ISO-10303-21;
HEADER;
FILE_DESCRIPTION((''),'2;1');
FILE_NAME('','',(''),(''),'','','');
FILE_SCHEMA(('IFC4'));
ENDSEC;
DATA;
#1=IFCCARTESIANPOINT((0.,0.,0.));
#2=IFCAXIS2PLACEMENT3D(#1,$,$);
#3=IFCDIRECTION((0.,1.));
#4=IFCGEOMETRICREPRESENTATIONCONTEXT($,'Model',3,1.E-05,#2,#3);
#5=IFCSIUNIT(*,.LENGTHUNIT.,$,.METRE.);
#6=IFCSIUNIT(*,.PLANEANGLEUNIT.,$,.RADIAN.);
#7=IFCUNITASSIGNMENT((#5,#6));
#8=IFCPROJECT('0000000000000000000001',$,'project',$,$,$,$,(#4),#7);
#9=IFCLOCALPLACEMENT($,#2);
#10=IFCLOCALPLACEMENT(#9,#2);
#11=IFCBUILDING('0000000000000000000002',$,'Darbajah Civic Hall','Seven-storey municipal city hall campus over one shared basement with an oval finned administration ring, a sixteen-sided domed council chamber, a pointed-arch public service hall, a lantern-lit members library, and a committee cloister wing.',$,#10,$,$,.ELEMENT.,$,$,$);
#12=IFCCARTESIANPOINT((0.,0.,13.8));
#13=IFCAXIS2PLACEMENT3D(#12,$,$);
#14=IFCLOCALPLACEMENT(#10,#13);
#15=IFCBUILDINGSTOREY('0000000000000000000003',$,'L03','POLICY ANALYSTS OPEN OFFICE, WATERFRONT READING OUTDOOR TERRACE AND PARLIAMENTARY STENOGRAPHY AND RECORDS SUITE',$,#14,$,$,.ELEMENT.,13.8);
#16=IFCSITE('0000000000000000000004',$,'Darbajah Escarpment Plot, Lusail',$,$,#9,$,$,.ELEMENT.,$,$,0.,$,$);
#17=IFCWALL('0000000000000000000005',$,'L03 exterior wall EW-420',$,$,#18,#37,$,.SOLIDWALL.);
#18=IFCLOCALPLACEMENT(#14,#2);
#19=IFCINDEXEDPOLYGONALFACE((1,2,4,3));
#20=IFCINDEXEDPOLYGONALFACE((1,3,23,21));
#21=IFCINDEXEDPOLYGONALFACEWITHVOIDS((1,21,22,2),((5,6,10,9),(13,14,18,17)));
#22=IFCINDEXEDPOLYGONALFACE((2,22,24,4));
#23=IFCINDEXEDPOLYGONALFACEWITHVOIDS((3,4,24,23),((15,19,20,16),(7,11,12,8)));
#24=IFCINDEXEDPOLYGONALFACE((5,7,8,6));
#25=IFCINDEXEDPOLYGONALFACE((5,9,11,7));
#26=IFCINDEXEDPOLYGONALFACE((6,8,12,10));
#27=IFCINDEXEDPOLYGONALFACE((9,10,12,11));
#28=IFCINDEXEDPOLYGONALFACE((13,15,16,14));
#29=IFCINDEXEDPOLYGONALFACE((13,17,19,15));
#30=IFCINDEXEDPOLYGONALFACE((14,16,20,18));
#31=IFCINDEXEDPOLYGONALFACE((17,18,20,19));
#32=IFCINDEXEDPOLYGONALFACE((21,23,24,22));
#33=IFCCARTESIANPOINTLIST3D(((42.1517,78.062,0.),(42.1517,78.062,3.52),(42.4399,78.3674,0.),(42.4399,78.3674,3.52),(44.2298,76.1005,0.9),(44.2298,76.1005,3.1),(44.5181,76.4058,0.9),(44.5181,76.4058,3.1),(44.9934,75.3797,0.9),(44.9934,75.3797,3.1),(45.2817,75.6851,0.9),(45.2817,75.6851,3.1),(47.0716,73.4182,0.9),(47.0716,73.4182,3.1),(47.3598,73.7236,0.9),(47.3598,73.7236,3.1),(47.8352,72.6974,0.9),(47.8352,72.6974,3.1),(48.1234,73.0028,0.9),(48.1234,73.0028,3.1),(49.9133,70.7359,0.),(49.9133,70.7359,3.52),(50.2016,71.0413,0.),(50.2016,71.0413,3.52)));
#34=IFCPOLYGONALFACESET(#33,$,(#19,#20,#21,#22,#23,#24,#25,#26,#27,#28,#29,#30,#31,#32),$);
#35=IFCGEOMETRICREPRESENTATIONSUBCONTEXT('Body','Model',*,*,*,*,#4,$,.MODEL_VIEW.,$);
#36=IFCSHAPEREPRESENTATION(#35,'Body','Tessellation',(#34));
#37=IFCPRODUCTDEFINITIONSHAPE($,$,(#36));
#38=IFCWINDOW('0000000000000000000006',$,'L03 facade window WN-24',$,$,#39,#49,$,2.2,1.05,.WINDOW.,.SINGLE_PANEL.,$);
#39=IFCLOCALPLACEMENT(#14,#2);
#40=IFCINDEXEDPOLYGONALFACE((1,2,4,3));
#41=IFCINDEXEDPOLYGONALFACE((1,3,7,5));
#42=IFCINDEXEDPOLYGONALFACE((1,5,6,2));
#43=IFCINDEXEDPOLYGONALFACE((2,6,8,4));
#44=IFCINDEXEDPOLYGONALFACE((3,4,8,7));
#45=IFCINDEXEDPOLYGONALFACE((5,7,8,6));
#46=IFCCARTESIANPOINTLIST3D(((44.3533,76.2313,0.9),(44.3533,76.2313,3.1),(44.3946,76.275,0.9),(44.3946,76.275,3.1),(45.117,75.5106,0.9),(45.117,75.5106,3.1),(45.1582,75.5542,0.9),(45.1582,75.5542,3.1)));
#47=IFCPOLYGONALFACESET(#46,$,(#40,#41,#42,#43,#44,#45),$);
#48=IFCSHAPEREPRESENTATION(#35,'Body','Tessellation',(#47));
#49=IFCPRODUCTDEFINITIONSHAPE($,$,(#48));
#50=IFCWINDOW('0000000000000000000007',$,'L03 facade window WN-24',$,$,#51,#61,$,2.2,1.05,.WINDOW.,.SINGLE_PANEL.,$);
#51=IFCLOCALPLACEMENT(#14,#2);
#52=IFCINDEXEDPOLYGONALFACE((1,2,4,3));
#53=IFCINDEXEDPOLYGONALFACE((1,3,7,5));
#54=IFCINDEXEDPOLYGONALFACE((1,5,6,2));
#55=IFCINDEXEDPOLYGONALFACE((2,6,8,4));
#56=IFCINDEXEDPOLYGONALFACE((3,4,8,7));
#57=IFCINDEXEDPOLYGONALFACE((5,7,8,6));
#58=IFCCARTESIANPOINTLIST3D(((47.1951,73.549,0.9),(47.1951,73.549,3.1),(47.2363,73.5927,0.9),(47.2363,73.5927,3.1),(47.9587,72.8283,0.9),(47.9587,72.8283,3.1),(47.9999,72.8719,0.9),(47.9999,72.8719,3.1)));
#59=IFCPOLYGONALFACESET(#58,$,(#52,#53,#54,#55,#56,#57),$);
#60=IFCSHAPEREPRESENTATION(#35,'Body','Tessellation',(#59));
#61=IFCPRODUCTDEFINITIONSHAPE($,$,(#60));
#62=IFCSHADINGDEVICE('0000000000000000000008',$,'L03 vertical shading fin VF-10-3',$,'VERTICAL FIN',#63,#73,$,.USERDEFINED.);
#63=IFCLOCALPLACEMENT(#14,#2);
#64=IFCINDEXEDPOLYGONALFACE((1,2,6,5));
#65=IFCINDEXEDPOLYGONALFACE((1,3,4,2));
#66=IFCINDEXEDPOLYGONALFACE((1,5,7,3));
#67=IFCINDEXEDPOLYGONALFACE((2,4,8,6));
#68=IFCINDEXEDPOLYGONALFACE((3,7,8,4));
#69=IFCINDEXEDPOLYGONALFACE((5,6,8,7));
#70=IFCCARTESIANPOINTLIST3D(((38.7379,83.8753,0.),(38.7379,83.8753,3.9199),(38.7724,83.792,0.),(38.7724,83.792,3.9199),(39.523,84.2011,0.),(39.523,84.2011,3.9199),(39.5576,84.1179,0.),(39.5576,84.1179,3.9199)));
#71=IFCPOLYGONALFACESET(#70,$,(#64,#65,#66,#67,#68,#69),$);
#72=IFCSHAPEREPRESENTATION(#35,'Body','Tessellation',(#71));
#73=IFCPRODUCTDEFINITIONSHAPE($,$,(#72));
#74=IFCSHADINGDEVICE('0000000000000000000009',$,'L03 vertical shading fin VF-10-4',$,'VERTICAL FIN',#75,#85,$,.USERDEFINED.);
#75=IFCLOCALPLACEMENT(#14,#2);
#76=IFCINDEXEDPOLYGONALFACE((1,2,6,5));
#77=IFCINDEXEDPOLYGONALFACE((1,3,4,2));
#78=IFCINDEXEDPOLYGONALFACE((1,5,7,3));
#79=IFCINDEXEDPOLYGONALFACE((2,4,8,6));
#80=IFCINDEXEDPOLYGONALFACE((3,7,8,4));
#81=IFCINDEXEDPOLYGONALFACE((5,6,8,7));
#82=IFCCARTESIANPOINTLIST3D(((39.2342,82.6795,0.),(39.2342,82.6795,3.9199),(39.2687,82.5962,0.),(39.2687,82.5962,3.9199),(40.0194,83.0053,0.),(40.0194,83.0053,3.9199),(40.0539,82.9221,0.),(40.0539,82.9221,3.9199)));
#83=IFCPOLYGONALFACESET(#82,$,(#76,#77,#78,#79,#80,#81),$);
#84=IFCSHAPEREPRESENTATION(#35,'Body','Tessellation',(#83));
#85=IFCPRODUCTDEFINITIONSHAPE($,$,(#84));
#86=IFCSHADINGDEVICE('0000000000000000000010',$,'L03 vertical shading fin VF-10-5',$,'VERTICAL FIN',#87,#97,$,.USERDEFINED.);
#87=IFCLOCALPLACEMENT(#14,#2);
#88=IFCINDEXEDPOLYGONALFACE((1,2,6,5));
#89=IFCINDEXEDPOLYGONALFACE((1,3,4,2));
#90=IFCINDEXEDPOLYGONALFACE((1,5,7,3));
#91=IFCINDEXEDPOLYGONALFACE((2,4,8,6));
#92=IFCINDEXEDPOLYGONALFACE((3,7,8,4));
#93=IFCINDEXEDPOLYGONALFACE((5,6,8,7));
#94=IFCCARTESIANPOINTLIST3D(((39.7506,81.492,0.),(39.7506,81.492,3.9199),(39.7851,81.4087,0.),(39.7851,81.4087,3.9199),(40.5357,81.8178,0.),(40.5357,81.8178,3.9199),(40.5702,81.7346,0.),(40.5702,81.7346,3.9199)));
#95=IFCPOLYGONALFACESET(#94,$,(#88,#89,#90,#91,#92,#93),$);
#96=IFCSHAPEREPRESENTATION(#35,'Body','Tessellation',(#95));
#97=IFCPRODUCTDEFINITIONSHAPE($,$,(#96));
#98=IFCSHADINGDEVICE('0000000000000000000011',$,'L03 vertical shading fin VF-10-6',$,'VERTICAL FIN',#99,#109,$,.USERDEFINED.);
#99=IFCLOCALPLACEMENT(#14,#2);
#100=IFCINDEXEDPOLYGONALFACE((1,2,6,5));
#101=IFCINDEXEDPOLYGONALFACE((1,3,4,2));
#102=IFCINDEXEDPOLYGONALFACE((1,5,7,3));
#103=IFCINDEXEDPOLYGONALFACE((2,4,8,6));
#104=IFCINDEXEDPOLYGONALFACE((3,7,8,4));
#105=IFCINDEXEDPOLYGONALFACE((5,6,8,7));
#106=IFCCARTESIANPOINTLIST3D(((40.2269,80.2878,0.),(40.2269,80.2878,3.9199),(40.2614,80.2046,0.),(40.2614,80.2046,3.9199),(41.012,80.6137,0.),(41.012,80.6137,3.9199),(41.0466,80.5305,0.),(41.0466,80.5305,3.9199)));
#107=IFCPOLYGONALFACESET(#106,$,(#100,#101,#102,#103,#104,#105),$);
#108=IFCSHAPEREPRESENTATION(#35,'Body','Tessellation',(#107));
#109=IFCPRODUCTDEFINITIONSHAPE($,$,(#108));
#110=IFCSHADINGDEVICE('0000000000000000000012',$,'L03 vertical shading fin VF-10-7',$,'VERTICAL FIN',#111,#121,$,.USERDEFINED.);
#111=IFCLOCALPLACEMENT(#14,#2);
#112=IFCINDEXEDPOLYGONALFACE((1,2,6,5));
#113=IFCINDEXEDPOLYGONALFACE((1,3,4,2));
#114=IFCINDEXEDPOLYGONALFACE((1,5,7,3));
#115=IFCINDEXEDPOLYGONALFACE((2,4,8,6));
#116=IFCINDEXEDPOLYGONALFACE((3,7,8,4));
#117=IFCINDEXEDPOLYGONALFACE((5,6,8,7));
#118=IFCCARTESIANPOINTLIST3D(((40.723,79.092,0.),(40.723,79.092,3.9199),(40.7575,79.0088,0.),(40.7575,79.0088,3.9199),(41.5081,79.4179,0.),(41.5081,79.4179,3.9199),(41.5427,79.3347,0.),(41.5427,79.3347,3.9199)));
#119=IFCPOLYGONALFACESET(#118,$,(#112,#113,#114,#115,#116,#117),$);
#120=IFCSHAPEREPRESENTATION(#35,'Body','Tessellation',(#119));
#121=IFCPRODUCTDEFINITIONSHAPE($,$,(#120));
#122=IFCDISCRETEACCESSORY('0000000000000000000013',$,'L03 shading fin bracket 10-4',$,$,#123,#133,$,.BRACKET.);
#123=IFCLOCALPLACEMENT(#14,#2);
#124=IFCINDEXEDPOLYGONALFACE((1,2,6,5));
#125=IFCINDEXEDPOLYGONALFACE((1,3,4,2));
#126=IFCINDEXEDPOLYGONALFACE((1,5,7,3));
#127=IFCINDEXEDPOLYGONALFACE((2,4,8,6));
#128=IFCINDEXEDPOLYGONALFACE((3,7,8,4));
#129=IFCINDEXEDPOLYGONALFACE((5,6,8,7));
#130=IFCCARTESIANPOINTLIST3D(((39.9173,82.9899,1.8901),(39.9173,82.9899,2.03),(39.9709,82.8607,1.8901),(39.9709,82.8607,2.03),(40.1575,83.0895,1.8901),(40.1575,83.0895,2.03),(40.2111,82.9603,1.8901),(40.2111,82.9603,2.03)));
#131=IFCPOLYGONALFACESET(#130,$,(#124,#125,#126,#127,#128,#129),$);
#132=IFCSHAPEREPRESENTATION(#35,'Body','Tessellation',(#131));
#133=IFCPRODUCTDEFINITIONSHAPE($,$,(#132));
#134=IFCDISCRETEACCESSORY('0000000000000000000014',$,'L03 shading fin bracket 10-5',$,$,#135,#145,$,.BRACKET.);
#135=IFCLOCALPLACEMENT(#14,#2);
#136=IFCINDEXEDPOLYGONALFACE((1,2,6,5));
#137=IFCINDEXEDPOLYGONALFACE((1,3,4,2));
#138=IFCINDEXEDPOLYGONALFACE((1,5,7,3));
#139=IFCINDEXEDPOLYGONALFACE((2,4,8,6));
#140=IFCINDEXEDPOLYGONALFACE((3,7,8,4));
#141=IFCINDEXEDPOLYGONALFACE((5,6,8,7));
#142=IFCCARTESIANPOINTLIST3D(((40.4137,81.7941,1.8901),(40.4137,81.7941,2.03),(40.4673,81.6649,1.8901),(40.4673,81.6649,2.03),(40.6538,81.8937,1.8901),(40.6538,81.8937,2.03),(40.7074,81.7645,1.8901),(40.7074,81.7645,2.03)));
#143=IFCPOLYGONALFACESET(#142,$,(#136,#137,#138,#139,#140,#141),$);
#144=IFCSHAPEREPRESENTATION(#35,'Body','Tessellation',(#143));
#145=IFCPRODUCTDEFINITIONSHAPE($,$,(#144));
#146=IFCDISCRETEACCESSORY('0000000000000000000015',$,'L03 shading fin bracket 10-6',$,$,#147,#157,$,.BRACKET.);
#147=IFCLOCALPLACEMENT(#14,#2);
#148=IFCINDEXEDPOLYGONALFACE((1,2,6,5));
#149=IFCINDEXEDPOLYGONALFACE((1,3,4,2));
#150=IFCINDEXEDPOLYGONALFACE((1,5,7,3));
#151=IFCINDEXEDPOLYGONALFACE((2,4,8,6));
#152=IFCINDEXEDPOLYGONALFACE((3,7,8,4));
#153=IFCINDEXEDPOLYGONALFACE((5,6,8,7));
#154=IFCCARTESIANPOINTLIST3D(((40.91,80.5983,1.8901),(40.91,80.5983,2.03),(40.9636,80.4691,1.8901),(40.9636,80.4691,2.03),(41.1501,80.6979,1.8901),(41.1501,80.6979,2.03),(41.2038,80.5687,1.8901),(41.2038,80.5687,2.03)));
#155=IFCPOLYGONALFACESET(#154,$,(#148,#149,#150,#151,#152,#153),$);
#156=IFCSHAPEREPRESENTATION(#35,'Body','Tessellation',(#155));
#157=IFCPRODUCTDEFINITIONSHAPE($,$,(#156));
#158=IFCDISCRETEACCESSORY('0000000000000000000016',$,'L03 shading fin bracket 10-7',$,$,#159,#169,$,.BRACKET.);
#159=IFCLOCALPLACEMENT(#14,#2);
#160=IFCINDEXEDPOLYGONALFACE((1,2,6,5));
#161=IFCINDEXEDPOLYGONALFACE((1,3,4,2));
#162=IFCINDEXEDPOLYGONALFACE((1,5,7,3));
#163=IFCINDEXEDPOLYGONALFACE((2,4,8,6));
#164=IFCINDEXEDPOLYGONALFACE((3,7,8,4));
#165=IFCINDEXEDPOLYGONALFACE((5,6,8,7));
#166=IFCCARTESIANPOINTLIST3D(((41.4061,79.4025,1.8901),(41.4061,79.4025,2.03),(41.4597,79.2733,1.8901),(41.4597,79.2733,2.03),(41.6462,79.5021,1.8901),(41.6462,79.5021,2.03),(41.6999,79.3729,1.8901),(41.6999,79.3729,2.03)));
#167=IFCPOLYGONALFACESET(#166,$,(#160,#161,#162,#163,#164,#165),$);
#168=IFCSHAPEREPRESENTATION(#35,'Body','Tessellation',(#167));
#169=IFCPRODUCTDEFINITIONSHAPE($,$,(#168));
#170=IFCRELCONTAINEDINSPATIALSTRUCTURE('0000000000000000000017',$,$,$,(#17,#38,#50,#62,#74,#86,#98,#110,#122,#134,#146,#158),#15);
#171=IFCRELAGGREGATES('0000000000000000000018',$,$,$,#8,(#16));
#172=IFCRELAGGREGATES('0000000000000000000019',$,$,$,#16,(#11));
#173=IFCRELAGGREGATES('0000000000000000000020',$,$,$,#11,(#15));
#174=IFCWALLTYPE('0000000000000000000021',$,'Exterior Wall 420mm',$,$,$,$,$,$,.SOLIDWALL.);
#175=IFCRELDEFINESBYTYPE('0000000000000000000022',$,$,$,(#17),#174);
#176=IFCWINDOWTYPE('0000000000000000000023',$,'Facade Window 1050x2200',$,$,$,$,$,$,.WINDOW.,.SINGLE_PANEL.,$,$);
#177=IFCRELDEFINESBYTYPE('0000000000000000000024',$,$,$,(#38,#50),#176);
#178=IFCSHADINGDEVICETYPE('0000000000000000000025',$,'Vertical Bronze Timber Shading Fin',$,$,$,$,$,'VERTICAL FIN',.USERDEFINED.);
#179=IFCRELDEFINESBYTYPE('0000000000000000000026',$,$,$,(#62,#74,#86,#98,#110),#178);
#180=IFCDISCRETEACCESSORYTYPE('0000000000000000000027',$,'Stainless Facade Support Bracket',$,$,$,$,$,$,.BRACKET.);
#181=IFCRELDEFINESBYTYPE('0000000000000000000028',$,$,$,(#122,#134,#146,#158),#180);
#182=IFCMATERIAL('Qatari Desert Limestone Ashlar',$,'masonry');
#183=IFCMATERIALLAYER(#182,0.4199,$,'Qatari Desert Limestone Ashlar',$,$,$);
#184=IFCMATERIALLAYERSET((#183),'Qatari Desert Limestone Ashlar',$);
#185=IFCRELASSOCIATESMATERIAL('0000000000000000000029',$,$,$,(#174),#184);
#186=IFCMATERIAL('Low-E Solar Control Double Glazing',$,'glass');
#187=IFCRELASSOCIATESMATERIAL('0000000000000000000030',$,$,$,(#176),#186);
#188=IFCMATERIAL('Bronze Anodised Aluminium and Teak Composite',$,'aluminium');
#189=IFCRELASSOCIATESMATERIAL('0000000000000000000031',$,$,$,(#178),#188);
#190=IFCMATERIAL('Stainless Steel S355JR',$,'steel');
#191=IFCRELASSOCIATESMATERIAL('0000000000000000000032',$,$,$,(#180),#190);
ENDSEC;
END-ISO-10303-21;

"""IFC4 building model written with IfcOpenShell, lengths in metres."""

from ifc_helpers import new_model, si_unit, direction, frame, frame_2d, origin, origin_2d, place, context, subcontext, project, spatial, rectangle, extrude, material, layer, layer_set, type_object, element, fill, save


model = new_model("IFC4")

# Units and contexts
model_context = context("Model", 3, precision=1e-05, world=origin(), true_north=direction((0.0, 1.0)))
body_context = subcontext(model_context, "Body", "Model", "MODEL_VIEW")
ifc_project = project(units=[si_unit("LENGTHUNIT", "METRE"), si_unit("PLANEANGLEUNIT", "RADIAN")], contexts=[model_context])

# Site, building, storey
site_placement = place(None, origin())
site = spatial("IfcSite", under=ifc_project, at=site_placement, Name="Darbajah Escarpment Plot, Lusail", CompositionType="ELEMENT", RefElevation=0.0)
building_placement = place(site_placement, origin())
building = spatial("IfcBuilding", under=site, at=building_placement, Name="Darbajah Civic Hall", Description="Seven-storey municipal city hall campus over one shared basement with an oval finned administration ring, a sixteen-sided domed council chamber, a pointed-arch public service hall, a lantern-lit members library, and a committee cloister wing.", CompositionType="ELEMENT")
storey_placement = place(building_placement, frame((0.0, 0.0, 13.8)))
storey = spatial("IfcBuildingStorey", under=building, at=storey_placement, Name="L03", Description="POLICY ANALYSTS OPEN OFFICE, WATERFRONT READING OUTDOOR TERRACE AND PARLIAMENTARY STENOGRAPHY AND RECORDS SUITE", CompositionType="ELEMENT", Elevation=13.8)

# Shared definitions
ifc_material_1 = material(Name="Low-E Solar Control Double Glazing", Category="glass")

# Wall, openings, windows
ifc_material_2 = material(Name="Qatari Desert Limestone Ashlar", Category="masonry")
ifc_layer_1 = layer(ifc_material_2, 0.4199, Name="Qatari Desert Limestone Ashlar")
ifc_layer_set_1 = layer_set([ifc_layer_1], Name="Qatari Desert Limestone Ashlar")
wall_type = type_object("IfcWallType", Name="Exterior Wall 420mm", PredefinedType="SOLIDWALL", material=ifc_layer_set_1)
wall_placement = place(storey_placement, frame((42.2959, 78.2146, 0.0), z_axis=(0.0, 0.0, 1.0), x_axis=(0.727216, -0.686409, 0.0)))
wall = element("IfcWall", 1, at=wall_placement, inside=storey, type_object=wall_type, Name="L03 exterior wall EW-420", PredefinedType="SOLIDWALL", context=body_context, shape_type="SweptSolid", body=[
    extrude(rectangle(XDim=10.6731, YDim=0.4199, at=frame_2d((5.3364, 0.0))), origin(), (0.0, 0.0, 1.0), 3.52),
])
opening_1_placement = place(wall_placement, frame((2.8577, 0.0, 0.8999)))
opening_1 = element("IfcOpeningElement", 2, at=opening_1_placement, cuts=wall, PredefinedType="OPENING", context=body_context, shape_type="SweptSolid", body=[
    extrude(rectangle(XDim=1.05, YDim=2.2, at=frame_2d((0.5249, 1.1001))), frame((0.0, 0.22, 0.0), z_axis=(0.0, -1.0, 0.0), x_axis=(1.0, 0.0, 0.0)), (0.0, 0.0, 1.0), 0.4399),
])
opening_2_placement = place(wall_placement, frame((6.7654, 0.0, 0.8999)))
opening_2 = element("IfcOpeningElement", 3, at=opening_2_placement, cuts=wall, PredefinedType="OPENING", context=body_context, shape_type="SweptSolid", body=[
    extrude(rectangle(XDim=1.05, YDim=2.2, at=frame_2d((0.5249, 1.1001))), frame((0.0, 0.22, 0.0), z_axis=(0.0, -1.0, 0.0), x_axis=(1.0, 0.0, 0.0)), (0.0, 0.0, 1.0), 0.4399),
])
window_type = type_object("IfcWindowType", Name="Facade Window 1050x2200", PartitioningType="SINGLE_PANEL", PredefinedType="WINDOW", material=ifc_material_1)
window_1_placement = place(opening_1_placement, origin())
window_1 = element("IfcWindow", 4, at=window_1_placement, inside=storey, type_object=window_type, Name="L03 facade window WN-24", OverallHeight=2.2, OverallWidth=1.05, PartitioningType="SINGLE_PANEL", PredefinedType="WINDOW", context=body_context, shape_type="SweptSolid", body=[
    extrude(rectangle(XDim=1.05, YDim=2.2, at=frame_2d((0.5249, 1.1001))), frame((0.0, 0.03, 0.0), z_axis=(0.0, -1.0, 0.0), x_axis=(1.0, 0.0, 0.0)), (0.0, 0.0, 1.0), 0.0601),
])
fill(opening_1, window_1)
window_2_placement = place(opening_2_placement, origin())
window_2 = element("IfcWindow", 5, at=window_2_placement, inside=storey, type_object=window_type, Name="L03 facade window WN-24", OverallHeight=2.2, OverallWidth=1.05, PartitioningType="SINGLE_PANEL", PredefinedType="WINDOW", context=body_context, shape_type="SweptSolid", body=[
    extrude(rectangle(XDim=1.05, YDim=2.2, at=frame_2d((0.5249, 1.1001))), frame((0.0, 0.03, 0.0), z_axis=(0.0, -1.0, 0.0), x_axis=(1.0, 0.0, 0.0)), (0.0, 0.0, 1.0), 0.0601),
])
fill(opening_2, window_2)

# Shading devices
ifc_material_3 = material(Name="Bronze Anodised Aluminium and Teak Composite", Category="aluminium")
shading_device_type = type_object("IfcShadingDeviceType", Name="Vertical Bronze Timber Shading Fin", ElementType="VERTICAL FIN", PredefinedType="USERDEFINED", material=ifc_material_3)
for number, where, z_axis, x_axis, name in (
    (6, (39.1477, 83.9966, 0.0), (0.0, 0.0, 1.0), (-0.923612, -0.383328, 0.0), "L03 vertical shading fin VF-10-3"),
    (7, (39.644, 82.8008, 0.0), (0.0, 0.0, 1.0), (-0.923612, -0.383328, 0.0), "L03 vertical shading fin VF-10-4"),
    (8, (40.1604, 81.6133, 0.0), (0.0, 0.0, 1.0), (-0.923612, -0.383328, 0.0), "L03 vertical shading fin VF-10-5"),
    (9, (40.6367, 80.4092, 0.0), (0.0, 0.0, 1.0), (-0.923612, -0.383328, 0.0), "L03 vertical shading fin VF-10-6"),
    (10, (41.1328, 79.2134, 0.0), (0.0, 0.0, 1.0), (-0.923612, -0.383328, 0.0), "L03 vertical shading fin VF-10-7"),
):
    element("IfcShadingDevice", number, at=place(storey_placement, frame(where, z_axis=z_axis, x_axis=x_axis)), inside=storey, type_object=shading_device_type, Name=name, ObjectType="VERTICAL FIN", PredefinedType="USERDEFINED", context=body_context, shape_type="SweptSolid", body=[
        extrude(rectangle(XDim=0.8501, YDim=0.0901, at=origin_2d()), origin(), (0.0, 0.0, 1.0), 3.9199),
    ])

# Discrete accessories
ifc_material_4 = material(Name="Stainless Steel S355JR", Category="steel")
discrete_accessory_type = type_object("IfcDiscreteAccessoryType", Name="Stainless Facade Support Bracket", PredefinedType="BRACKET", material=ifc_material_4)
for number, where, z_axis, x_axis, name in (
    (11, (40.0642, 82.9751, 1.8901), (0.0, 0.0, 1.0), (-0.923612, -0.383328, 0.0), "L03 shading fin bracket 10-4"),
    (12, (40.5605, 81.7793, 1.8901), (0.0, 0.0, 1.0), (-0.923612, -0.383328, 0.0), "L03 shading fin bracket 10-5"),
    (13, (41.0569, 80.5835, 1.8901), (0.0, 0.0, 1.0), (-0.923612, -0.383328, 0.0), "L03 shading fin bracket 10-6"),
    (14, (41.553, 79.3877, 1.8901), (0.0, 0.0, 1.0), (-0.923612, -0.383328, 0.0), "L03 shading fin bracket 10-7"),
):
    element("IfcDiscreteAccessory", number, at=place(storey_placement, frame(where, z_axis=z_axis, x_axis=x_axis)), inside=storey, type_object=discrete_accessory_type, Name=name, PredefinedType="BRACKET", context=body_context, shape_type="SweptSolid", body=[
        extrude(rectangle(XDim=0.26, YDim=0.1399, at=origin_2d()), origin(), (0.0, 0.0, 1.0), 0.1399),
    ])

save(model, "model.ifc")
